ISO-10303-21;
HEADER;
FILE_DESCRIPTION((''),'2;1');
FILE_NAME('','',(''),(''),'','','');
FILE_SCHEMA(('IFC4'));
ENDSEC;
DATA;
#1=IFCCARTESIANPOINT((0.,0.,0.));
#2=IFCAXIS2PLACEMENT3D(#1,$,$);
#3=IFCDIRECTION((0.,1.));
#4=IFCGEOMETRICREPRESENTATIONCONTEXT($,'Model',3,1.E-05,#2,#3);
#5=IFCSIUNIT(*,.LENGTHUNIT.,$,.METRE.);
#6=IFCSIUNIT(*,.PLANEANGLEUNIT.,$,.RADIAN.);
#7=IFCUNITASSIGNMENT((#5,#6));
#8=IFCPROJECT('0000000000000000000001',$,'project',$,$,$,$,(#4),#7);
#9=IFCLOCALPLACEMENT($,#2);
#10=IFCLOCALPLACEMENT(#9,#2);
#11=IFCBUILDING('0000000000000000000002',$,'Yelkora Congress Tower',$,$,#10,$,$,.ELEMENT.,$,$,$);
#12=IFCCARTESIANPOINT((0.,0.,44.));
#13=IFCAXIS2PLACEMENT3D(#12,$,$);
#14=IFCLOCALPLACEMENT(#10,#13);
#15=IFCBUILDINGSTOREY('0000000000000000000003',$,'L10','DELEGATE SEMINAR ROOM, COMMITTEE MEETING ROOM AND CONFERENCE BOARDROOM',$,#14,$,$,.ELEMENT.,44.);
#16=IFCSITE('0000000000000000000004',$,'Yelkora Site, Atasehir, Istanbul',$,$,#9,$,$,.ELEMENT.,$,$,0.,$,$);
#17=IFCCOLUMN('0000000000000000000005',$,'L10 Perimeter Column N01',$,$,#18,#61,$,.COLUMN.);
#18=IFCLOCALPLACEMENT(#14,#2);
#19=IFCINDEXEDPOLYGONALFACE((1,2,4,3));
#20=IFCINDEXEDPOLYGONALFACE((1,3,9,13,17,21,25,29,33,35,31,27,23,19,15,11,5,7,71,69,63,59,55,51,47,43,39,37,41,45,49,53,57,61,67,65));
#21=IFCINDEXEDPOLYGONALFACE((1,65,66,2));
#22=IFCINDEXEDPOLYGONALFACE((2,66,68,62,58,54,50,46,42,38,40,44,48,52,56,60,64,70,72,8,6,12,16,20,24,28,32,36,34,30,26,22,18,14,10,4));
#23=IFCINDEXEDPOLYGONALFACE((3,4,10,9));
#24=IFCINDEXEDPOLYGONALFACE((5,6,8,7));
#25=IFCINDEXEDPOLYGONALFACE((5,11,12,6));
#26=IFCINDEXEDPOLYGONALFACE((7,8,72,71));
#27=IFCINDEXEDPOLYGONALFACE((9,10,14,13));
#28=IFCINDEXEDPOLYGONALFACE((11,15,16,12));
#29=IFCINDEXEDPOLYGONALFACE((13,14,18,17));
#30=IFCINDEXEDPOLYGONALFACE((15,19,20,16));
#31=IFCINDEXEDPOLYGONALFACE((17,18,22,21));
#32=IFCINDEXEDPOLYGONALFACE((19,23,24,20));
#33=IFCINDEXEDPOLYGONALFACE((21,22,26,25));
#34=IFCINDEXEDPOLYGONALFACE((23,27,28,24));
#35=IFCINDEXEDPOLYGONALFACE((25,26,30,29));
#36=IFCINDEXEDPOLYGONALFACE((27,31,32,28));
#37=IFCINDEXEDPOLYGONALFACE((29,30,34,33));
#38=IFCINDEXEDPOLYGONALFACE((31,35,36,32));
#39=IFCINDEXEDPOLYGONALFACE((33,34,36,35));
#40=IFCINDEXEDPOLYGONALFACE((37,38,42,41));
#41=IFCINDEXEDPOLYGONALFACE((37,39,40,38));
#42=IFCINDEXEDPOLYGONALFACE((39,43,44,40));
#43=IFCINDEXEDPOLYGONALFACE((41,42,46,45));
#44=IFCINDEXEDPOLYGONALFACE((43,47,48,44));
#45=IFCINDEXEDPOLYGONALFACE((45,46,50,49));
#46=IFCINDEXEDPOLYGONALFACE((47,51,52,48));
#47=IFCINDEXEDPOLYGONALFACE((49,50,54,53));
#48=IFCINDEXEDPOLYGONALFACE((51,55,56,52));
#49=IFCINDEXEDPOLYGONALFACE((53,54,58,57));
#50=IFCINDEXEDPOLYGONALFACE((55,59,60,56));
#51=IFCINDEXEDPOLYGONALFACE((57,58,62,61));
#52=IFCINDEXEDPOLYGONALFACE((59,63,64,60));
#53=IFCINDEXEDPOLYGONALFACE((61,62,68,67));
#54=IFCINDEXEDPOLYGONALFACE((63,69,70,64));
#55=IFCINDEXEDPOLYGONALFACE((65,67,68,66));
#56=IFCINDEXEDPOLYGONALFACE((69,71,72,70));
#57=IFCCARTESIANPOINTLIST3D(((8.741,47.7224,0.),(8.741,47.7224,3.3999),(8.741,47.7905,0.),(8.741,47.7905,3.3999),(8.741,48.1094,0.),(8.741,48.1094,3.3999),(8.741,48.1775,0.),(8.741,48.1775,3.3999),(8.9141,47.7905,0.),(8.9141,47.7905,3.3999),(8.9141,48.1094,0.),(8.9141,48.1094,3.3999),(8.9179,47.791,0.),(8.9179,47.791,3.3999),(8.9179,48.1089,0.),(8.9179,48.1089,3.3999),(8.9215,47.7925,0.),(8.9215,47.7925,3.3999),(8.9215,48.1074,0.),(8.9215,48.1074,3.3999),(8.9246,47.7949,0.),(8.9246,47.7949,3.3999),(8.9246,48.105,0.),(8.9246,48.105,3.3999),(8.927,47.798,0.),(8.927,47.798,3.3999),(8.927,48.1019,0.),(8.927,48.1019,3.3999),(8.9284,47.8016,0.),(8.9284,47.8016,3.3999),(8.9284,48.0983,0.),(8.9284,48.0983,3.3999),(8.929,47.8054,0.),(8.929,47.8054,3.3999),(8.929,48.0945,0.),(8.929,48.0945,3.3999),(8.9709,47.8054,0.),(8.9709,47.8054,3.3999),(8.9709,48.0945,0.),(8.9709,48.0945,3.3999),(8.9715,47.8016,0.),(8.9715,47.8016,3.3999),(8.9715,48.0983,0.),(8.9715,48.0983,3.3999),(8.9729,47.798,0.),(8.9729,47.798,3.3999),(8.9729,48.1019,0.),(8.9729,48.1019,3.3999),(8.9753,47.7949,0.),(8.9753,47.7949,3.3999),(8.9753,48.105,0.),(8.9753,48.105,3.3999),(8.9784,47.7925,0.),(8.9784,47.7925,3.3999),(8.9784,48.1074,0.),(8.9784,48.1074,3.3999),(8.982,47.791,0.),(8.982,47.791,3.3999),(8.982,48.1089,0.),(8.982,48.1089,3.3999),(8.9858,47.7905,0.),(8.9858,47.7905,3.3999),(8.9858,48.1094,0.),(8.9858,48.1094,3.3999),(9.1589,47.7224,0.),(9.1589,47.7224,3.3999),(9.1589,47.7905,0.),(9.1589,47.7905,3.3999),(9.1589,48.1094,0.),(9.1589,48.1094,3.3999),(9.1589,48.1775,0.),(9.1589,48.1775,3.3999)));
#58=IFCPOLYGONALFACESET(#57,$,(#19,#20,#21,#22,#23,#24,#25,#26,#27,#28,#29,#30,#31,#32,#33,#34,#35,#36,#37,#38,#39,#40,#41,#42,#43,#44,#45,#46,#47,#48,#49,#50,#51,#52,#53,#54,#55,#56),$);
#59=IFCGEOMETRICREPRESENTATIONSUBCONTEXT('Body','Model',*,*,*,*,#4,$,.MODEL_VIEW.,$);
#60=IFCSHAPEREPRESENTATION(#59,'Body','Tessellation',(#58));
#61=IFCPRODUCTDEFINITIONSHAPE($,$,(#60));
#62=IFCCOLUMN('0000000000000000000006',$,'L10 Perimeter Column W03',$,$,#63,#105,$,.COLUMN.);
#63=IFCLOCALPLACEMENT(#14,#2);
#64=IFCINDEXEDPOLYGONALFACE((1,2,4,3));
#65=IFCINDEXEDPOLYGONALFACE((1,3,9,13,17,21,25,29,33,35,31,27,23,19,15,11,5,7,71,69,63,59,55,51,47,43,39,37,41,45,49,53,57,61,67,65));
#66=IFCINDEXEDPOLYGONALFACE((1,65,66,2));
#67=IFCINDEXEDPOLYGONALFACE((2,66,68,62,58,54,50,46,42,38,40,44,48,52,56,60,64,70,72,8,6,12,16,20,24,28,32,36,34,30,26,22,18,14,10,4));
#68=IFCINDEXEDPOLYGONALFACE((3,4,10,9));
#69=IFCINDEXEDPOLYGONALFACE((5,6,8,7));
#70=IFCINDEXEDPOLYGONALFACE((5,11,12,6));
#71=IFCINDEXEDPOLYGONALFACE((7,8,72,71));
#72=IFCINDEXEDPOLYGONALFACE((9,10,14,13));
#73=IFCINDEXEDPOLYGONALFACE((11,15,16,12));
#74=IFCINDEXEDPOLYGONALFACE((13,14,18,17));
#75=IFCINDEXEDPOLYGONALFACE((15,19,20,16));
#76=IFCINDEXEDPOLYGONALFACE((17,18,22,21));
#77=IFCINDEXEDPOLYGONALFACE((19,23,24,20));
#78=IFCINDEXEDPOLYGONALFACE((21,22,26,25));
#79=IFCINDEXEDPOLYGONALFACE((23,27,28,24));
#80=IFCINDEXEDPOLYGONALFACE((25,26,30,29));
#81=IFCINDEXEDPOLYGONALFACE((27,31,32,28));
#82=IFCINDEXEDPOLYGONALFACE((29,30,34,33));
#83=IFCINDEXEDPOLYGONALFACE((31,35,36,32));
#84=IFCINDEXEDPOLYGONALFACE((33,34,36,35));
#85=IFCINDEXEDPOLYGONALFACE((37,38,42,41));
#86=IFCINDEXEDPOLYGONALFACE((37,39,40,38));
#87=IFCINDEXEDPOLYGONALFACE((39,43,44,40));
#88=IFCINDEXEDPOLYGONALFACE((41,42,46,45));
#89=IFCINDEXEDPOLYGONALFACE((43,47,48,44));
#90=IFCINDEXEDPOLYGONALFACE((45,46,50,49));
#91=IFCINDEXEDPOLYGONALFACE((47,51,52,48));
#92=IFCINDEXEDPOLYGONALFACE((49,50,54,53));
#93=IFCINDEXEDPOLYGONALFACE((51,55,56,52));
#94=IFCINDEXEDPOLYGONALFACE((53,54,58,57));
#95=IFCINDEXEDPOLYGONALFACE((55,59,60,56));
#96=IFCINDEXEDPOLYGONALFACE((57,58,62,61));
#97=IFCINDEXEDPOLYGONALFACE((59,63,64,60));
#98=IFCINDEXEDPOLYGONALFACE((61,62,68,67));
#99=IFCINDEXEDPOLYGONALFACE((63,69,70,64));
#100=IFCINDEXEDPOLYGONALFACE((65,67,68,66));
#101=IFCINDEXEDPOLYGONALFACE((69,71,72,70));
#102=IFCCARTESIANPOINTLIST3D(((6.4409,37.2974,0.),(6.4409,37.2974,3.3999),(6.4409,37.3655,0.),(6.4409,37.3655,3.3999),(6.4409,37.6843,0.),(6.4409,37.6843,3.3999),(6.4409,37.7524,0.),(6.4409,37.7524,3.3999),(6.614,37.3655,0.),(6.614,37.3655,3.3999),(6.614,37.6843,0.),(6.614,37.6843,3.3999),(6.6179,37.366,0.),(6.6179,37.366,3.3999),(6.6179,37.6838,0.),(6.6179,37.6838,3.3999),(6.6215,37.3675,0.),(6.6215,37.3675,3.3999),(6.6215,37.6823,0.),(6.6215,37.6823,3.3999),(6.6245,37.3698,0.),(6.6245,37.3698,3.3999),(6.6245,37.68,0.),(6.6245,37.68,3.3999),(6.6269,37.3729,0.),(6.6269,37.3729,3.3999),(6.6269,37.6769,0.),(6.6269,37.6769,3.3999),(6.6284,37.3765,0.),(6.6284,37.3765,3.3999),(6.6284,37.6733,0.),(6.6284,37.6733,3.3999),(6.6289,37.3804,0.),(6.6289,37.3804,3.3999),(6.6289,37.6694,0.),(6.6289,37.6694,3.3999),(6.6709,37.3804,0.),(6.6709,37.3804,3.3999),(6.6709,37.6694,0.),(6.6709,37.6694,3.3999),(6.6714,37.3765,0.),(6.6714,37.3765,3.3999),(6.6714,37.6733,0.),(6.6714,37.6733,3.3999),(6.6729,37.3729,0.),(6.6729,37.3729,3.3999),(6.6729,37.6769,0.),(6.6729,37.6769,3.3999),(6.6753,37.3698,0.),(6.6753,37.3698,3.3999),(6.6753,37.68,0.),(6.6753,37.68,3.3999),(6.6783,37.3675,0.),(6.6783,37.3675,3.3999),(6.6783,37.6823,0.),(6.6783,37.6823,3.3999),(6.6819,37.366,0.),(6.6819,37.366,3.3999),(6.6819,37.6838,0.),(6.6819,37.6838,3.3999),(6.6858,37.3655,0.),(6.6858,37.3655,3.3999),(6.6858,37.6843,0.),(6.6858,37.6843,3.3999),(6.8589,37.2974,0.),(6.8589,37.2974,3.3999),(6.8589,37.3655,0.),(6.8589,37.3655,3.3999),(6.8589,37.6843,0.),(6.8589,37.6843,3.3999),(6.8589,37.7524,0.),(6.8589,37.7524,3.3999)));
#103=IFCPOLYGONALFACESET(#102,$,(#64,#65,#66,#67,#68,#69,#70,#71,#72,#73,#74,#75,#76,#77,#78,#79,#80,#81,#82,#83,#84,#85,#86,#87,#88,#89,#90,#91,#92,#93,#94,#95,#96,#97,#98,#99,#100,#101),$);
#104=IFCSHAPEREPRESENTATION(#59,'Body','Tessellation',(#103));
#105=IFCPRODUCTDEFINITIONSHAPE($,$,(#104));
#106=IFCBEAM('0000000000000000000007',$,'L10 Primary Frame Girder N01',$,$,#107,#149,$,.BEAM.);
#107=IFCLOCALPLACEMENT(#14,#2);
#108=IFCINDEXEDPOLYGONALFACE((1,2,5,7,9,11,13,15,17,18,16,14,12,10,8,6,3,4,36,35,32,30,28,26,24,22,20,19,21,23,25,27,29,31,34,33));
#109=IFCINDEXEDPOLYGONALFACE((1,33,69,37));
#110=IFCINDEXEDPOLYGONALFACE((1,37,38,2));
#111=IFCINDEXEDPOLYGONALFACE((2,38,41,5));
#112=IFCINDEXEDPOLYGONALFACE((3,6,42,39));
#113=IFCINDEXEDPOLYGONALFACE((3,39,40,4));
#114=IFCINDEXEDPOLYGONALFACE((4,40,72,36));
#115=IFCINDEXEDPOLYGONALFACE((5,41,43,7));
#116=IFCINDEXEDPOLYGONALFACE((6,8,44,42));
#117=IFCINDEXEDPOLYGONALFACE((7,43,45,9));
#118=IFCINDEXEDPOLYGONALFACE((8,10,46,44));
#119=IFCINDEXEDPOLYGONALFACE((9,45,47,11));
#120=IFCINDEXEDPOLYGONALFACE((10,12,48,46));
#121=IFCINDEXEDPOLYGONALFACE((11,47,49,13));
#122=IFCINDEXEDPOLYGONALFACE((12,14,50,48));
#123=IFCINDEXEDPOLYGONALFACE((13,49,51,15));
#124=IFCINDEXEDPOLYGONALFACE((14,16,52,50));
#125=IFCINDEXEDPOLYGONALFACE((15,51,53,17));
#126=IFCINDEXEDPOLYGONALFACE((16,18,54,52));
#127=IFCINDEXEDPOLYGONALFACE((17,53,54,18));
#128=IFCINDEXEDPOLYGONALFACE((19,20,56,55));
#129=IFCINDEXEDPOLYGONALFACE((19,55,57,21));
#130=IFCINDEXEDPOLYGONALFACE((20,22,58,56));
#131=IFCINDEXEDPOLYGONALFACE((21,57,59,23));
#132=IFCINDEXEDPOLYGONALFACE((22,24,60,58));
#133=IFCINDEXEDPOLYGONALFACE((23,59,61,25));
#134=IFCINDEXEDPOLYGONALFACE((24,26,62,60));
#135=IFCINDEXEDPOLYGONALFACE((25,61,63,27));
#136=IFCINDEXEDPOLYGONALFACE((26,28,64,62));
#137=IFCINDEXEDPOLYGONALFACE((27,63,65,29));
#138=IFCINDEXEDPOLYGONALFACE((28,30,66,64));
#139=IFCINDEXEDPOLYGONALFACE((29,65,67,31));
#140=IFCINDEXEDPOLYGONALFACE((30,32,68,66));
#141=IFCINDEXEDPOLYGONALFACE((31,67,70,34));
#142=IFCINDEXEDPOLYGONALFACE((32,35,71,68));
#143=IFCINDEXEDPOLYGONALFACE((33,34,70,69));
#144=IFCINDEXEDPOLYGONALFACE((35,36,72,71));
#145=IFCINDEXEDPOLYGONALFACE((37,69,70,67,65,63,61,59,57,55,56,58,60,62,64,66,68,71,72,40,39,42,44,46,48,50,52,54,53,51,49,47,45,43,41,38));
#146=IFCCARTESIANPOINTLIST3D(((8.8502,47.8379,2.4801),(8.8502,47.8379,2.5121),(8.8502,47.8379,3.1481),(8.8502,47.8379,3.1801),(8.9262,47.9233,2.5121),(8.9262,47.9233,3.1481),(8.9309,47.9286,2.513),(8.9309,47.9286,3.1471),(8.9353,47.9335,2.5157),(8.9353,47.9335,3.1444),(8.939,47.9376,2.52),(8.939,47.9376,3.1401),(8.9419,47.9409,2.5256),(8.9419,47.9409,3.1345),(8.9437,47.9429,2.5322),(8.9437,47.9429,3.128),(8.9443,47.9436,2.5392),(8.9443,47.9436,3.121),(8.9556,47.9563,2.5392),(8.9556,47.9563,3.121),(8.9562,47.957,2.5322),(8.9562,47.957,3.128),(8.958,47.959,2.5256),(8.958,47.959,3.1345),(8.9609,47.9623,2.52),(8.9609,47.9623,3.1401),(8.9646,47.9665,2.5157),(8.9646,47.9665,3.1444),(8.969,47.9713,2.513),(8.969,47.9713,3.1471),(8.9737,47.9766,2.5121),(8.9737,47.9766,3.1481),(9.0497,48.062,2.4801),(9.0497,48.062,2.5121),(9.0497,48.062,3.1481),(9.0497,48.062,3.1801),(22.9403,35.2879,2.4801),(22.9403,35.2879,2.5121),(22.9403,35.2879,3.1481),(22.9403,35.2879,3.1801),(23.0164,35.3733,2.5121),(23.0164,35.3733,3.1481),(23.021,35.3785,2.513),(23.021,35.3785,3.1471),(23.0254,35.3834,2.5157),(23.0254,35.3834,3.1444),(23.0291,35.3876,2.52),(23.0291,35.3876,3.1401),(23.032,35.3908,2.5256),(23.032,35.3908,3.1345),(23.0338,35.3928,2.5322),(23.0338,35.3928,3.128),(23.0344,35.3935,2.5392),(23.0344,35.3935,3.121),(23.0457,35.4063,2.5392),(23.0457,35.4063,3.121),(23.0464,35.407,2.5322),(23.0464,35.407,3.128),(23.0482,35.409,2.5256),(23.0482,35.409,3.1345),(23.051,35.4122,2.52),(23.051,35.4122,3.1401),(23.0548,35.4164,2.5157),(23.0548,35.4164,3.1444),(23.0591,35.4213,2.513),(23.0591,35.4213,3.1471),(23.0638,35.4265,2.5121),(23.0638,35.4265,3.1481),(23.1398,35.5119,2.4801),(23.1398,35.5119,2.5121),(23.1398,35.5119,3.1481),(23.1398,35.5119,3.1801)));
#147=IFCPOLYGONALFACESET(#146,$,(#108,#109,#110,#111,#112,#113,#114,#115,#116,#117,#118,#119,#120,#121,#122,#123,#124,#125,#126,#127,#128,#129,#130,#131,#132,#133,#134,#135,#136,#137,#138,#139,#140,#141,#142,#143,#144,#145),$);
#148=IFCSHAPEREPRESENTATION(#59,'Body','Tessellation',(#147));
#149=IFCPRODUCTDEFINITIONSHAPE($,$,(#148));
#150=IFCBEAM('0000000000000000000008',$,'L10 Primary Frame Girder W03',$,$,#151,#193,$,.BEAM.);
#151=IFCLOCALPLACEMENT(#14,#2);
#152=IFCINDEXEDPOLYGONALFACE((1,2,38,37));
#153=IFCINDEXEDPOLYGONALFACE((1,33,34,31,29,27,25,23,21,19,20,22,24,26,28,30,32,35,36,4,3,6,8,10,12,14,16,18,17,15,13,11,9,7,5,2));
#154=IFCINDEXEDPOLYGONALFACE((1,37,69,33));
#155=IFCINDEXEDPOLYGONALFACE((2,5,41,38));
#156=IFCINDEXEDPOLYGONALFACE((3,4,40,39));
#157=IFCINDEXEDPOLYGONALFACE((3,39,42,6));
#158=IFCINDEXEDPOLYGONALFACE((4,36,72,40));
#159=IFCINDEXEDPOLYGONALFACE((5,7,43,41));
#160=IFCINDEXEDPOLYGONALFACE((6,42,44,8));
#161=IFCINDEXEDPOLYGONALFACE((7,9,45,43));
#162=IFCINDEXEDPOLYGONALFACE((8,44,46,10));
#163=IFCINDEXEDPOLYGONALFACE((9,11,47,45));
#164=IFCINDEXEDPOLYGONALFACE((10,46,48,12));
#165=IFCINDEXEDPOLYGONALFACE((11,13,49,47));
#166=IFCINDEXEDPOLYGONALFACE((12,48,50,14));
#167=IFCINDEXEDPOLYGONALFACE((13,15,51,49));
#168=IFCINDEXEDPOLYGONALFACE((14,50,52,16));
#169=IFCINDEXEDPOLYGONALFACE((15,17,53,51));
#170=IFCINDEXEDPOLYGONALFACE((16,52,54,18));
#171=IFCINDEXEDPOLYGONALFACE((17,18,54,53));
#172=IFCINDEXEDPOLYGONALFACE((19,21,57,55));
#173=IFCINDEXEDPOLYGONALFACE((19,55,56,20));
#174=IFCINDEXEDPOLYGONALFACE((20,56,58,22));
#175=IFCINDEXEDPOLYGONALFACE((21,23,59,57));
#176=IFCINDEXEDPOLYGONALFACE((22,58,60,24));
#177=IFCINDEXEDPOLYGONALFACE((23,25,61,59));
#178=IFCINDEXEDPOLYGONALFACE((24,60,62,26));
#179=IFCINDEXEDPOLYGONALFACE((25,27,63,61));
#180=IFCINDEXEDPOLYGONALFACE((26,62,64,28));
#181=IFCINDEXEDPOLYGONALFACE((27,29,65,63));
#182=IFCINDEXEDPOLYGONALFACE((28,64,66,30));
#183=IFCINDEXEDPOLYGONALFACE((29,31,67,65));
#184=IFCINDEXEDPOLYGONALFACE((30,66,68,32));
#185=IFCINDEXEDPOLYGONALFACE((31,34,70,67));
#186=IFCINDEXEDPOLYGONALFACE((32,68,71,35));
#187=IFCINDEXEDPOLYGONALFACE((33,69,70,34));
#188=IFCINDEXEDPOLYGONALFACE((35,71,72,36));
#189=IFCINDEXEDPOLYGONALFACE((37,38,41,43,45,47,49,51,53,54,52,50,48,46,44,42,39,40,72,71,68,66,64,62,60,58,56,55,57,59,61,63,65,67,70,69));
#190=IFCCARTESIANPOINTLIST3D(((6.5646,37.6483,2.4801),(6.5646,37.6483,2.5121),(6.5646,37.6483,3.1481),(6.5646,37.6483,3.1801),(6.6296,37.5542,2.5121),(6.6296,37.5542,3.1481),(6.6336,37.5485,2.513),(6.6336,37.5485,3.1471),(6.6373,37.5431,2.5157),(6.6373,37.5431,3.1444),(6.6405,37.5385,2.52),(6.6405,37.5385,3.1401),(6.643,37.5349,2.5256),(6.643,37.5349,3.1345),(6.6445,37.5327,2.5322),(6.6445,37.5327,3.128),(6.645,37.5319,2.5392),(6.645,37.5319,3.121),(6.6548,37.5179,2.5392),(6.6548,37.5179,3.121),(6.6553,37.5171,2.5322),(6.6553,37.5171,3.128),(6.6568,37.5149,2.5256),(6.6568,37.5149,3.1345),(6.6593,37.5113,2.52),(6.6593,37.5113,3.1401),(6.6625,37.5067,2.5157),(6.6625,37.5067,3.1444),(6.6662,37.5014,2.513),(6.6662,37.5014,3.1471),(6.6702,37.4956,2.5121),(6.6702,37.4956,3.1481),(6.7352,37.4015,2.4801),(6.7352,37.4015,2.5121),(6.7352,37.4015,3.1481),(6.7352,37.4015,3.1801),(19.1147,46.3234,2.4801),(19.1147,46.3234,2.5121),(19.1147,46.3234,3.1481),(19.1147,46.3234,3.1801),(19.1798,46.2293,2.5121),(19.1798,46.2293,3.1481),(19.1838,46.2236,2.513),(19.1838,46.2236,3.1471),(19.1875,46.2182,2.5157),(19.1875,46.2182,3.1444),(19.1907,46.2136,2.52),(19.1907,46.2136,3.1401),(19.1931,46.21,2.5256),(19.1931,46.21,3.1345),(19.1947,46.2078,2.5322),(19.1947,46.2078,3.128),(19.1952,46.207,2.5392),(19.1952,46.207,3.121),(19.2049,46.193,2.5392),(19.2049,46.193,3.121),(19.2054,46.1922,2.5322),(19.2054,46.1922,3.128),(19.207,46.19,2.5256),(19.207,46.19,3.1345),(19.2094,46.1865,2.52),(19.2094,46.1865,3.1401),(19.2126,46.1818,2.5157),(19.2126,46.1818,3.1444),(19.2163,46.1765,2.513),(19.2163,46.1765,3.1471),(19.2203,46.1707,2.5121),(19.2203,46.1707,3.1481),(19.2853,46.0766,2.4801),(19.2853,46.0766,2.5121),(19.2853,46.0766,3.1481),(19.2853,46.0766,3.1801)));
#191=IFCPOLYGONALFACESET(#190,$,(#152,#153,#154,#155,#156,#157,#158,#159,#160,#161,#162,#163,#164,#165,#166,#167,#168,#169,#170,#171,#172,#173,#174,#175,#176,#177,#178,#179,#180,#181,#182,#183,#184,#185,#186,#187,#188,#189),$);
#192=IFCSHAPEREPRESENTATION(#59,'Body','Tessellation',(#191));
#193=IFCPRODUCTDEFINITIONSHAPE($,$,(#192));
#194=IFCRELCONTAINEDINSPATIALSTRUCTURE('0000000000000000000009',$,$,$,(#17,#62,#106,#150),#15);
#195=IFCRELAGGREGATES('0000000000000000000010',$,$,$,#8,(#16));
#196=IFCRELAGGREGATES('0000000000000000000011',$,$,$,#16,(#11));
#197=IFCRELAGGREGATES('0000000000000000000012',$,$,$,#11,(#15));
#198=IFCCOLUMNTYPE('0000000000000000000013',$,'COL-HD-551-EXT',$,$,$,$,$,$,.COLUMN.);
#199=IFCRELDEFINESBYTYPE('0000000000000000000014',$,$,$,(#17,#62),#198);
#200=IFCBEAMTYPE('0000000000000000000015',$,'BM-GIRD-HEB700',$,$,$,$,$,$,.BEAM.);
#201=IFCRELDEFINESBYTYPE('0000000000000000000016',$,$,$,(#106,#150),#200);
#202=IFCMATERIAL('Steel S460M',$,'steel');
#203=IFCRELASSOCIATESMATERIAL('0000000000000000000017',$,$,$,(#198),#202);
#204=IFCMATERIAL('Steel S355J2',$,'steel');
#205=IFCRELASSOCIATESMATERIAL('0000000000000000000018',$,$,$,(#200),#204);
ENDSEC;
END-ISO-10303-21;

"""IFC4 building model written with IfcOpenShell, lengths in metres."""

from ifc_helpers import new_model, si_unit, direction, frame, origin, origin_2d, place, context, subcontext, project, spatial, i_section, extrude, material, material_profile, profile_set, type_object, element, save


model = new_model("IFC4")

# Units and contexts
model_context = context("Model", 3, precision=1e-05, world=origin(), true_north=direction((0.0, 1.0)))
body_context = subcontext(model_context, "Body", "Model", "MODEL_VIEW")
ifc_project = project(units=[si_unit("LENGTHUNIT", "METRE"), si_unit("PLANEANGLEUNIT", "RADIAN")], contexts=[model_context])

# Site, building, storey
site_placement = place(None, origin())
site = spatial("IfcSite", under=ifc_project, at=site_placement, Name="Yelkora Site, Atasehir, Istanbul", CompositionType="ELEMENT", RefElevation=0.0)
building_placement = place(site_placement, origin())
building = spatial("IfcBuilding", under=site, at=building_placement, Name="Yelkora Congress Tower", CompositionType="ELEMENT")
storey_placement = place(building_placement, frame((0.0, 0.0, 44.0)))
storey = spatial("IfcBuildingStorey", under=building, at=storey_placement, Name="L10", Description="DELEGATE SEMINAR ROOM, COMMITTEE MEETING ROOM AND CONFERENCE BOARDROOM", CompositionType="ELEMENT", Elevation=44.0)

# Columns
ifc_material_1 = material(Name="Steel S460M", Category="steel")
ifc_material_profile_1 = material_profile(ifc_material_1, i_section(OverallWidth=0.418, OverallDepth=0.4551, WebThickness=0.042, FlangeThickness=0.0681, FilletRadius=0.0149, at=origin_2d()), Name="HD 400x551")
ifc_profile_set_1 = profile_set([ifc_material_profile_1], Name="Steel S460M")
column_type = type_object("IfcColumnType", Name="COL-HD-551-EXT", PredefinedType="COLUMN", material=ifc_profile_set_1)
for number, where, z_axis, x_axis, name in (
    (1, (8.95, 47.95, 0.0), (0.0, 0.0, 1.0), (1.0, 0.0, 0.0), "L10 Perimeter Column N01"),
    (2, (6.6499, 37.5249, 0.0), (0.0, 0.0, 1.0), (1.0, 0.0, 0.0), "L10 Perimeter Column W03"),
):
    element("IfcColumn", number, at=place(storey_placement, frame(where, z_axis=z_axis, x_axis=x_axis)), inside=storey, type_object=column_type, Name=name, PredefinedType="COLUMN", context=body_context, shape_type="SweptSolid", body=[
        extrude(i_section(OverallWidth=0.418, OverallDepth=0.4551, WebThickness=0.042, FlangeThickness=0.0681, FilletRadius=0.0149, at=origin_2d()), origin(), (0.0, 0.0, 1.0), 3.3999),
    ])

# Beams
ifc_material_2 = material(Name="Steel S355J2", Category="steel")
ifc_material_profile_2 = material_profile(ifc_material_2, i_section(OverallWidth=0.3, OverallDepth=0.7, WebThickness=0.0171, FlangeThickness=0.032, FilletRadius=0.0271, at=origin_2d()), Name="HEB 700")
ifc_profile_set_2 = profile_set([ifc_material_profile_2], Name="Steel S355J2")
beam_type_1 = type_object("IfcBeamType", Name="BM-GIRD-HEB700", PredefinedType="BEAM", material=ifc_profile_set_2)
beam_1_placement = place(storey_placement, frame((8.95, 47.95, 2.8301), z_axis=(0.746737, -0.665119, 0.0), x_axis=(0.665119, 0.746737, 0.0)))
element("IfcBeam", 3, at=beam_1_placement, inside=storey, type_object=beam_type_1, Name="L10 Primary Frame Girder N01", PredefinedType="BEAM", context=body_context, shape_type="SweptSolid", body=[
    extrude(i_section(OverallWidth=0.3, OverallDepth=0.7, WebThickness=0.0171, FlangeThickness=0.032, FilletRadius=0.0271, at=origin_2d()), origin(), (0.0, 0.0, 1.0), 18.8689),
])
beam_2_placement = place(storey_placement, frame((6.6499, 37.5249, 2.8301), z_axis=(0.822604, 0.568614, 0.0), x_axis=(-0.568614, 0.822604, 0.0)))
element("IfcBeam", 4, at=beam_2_placement, inside=storey, type_object=beam_type_1, Name="L10 Primary Frame Girder W03", PredefinedType="BEAM", context=body_context, shape_type="SweptSolid", body=[
    extrude(i_section(OverallWidth=0.3, OverallDepth=0.7, WebThickness=0.0171, FlangeThickness=0.032, FilletRadius=0.0271, at=origin_2d()), origin(), (0.0, 0.0, 1.0), 15.2566),
])

save(model, "model.ifc")
